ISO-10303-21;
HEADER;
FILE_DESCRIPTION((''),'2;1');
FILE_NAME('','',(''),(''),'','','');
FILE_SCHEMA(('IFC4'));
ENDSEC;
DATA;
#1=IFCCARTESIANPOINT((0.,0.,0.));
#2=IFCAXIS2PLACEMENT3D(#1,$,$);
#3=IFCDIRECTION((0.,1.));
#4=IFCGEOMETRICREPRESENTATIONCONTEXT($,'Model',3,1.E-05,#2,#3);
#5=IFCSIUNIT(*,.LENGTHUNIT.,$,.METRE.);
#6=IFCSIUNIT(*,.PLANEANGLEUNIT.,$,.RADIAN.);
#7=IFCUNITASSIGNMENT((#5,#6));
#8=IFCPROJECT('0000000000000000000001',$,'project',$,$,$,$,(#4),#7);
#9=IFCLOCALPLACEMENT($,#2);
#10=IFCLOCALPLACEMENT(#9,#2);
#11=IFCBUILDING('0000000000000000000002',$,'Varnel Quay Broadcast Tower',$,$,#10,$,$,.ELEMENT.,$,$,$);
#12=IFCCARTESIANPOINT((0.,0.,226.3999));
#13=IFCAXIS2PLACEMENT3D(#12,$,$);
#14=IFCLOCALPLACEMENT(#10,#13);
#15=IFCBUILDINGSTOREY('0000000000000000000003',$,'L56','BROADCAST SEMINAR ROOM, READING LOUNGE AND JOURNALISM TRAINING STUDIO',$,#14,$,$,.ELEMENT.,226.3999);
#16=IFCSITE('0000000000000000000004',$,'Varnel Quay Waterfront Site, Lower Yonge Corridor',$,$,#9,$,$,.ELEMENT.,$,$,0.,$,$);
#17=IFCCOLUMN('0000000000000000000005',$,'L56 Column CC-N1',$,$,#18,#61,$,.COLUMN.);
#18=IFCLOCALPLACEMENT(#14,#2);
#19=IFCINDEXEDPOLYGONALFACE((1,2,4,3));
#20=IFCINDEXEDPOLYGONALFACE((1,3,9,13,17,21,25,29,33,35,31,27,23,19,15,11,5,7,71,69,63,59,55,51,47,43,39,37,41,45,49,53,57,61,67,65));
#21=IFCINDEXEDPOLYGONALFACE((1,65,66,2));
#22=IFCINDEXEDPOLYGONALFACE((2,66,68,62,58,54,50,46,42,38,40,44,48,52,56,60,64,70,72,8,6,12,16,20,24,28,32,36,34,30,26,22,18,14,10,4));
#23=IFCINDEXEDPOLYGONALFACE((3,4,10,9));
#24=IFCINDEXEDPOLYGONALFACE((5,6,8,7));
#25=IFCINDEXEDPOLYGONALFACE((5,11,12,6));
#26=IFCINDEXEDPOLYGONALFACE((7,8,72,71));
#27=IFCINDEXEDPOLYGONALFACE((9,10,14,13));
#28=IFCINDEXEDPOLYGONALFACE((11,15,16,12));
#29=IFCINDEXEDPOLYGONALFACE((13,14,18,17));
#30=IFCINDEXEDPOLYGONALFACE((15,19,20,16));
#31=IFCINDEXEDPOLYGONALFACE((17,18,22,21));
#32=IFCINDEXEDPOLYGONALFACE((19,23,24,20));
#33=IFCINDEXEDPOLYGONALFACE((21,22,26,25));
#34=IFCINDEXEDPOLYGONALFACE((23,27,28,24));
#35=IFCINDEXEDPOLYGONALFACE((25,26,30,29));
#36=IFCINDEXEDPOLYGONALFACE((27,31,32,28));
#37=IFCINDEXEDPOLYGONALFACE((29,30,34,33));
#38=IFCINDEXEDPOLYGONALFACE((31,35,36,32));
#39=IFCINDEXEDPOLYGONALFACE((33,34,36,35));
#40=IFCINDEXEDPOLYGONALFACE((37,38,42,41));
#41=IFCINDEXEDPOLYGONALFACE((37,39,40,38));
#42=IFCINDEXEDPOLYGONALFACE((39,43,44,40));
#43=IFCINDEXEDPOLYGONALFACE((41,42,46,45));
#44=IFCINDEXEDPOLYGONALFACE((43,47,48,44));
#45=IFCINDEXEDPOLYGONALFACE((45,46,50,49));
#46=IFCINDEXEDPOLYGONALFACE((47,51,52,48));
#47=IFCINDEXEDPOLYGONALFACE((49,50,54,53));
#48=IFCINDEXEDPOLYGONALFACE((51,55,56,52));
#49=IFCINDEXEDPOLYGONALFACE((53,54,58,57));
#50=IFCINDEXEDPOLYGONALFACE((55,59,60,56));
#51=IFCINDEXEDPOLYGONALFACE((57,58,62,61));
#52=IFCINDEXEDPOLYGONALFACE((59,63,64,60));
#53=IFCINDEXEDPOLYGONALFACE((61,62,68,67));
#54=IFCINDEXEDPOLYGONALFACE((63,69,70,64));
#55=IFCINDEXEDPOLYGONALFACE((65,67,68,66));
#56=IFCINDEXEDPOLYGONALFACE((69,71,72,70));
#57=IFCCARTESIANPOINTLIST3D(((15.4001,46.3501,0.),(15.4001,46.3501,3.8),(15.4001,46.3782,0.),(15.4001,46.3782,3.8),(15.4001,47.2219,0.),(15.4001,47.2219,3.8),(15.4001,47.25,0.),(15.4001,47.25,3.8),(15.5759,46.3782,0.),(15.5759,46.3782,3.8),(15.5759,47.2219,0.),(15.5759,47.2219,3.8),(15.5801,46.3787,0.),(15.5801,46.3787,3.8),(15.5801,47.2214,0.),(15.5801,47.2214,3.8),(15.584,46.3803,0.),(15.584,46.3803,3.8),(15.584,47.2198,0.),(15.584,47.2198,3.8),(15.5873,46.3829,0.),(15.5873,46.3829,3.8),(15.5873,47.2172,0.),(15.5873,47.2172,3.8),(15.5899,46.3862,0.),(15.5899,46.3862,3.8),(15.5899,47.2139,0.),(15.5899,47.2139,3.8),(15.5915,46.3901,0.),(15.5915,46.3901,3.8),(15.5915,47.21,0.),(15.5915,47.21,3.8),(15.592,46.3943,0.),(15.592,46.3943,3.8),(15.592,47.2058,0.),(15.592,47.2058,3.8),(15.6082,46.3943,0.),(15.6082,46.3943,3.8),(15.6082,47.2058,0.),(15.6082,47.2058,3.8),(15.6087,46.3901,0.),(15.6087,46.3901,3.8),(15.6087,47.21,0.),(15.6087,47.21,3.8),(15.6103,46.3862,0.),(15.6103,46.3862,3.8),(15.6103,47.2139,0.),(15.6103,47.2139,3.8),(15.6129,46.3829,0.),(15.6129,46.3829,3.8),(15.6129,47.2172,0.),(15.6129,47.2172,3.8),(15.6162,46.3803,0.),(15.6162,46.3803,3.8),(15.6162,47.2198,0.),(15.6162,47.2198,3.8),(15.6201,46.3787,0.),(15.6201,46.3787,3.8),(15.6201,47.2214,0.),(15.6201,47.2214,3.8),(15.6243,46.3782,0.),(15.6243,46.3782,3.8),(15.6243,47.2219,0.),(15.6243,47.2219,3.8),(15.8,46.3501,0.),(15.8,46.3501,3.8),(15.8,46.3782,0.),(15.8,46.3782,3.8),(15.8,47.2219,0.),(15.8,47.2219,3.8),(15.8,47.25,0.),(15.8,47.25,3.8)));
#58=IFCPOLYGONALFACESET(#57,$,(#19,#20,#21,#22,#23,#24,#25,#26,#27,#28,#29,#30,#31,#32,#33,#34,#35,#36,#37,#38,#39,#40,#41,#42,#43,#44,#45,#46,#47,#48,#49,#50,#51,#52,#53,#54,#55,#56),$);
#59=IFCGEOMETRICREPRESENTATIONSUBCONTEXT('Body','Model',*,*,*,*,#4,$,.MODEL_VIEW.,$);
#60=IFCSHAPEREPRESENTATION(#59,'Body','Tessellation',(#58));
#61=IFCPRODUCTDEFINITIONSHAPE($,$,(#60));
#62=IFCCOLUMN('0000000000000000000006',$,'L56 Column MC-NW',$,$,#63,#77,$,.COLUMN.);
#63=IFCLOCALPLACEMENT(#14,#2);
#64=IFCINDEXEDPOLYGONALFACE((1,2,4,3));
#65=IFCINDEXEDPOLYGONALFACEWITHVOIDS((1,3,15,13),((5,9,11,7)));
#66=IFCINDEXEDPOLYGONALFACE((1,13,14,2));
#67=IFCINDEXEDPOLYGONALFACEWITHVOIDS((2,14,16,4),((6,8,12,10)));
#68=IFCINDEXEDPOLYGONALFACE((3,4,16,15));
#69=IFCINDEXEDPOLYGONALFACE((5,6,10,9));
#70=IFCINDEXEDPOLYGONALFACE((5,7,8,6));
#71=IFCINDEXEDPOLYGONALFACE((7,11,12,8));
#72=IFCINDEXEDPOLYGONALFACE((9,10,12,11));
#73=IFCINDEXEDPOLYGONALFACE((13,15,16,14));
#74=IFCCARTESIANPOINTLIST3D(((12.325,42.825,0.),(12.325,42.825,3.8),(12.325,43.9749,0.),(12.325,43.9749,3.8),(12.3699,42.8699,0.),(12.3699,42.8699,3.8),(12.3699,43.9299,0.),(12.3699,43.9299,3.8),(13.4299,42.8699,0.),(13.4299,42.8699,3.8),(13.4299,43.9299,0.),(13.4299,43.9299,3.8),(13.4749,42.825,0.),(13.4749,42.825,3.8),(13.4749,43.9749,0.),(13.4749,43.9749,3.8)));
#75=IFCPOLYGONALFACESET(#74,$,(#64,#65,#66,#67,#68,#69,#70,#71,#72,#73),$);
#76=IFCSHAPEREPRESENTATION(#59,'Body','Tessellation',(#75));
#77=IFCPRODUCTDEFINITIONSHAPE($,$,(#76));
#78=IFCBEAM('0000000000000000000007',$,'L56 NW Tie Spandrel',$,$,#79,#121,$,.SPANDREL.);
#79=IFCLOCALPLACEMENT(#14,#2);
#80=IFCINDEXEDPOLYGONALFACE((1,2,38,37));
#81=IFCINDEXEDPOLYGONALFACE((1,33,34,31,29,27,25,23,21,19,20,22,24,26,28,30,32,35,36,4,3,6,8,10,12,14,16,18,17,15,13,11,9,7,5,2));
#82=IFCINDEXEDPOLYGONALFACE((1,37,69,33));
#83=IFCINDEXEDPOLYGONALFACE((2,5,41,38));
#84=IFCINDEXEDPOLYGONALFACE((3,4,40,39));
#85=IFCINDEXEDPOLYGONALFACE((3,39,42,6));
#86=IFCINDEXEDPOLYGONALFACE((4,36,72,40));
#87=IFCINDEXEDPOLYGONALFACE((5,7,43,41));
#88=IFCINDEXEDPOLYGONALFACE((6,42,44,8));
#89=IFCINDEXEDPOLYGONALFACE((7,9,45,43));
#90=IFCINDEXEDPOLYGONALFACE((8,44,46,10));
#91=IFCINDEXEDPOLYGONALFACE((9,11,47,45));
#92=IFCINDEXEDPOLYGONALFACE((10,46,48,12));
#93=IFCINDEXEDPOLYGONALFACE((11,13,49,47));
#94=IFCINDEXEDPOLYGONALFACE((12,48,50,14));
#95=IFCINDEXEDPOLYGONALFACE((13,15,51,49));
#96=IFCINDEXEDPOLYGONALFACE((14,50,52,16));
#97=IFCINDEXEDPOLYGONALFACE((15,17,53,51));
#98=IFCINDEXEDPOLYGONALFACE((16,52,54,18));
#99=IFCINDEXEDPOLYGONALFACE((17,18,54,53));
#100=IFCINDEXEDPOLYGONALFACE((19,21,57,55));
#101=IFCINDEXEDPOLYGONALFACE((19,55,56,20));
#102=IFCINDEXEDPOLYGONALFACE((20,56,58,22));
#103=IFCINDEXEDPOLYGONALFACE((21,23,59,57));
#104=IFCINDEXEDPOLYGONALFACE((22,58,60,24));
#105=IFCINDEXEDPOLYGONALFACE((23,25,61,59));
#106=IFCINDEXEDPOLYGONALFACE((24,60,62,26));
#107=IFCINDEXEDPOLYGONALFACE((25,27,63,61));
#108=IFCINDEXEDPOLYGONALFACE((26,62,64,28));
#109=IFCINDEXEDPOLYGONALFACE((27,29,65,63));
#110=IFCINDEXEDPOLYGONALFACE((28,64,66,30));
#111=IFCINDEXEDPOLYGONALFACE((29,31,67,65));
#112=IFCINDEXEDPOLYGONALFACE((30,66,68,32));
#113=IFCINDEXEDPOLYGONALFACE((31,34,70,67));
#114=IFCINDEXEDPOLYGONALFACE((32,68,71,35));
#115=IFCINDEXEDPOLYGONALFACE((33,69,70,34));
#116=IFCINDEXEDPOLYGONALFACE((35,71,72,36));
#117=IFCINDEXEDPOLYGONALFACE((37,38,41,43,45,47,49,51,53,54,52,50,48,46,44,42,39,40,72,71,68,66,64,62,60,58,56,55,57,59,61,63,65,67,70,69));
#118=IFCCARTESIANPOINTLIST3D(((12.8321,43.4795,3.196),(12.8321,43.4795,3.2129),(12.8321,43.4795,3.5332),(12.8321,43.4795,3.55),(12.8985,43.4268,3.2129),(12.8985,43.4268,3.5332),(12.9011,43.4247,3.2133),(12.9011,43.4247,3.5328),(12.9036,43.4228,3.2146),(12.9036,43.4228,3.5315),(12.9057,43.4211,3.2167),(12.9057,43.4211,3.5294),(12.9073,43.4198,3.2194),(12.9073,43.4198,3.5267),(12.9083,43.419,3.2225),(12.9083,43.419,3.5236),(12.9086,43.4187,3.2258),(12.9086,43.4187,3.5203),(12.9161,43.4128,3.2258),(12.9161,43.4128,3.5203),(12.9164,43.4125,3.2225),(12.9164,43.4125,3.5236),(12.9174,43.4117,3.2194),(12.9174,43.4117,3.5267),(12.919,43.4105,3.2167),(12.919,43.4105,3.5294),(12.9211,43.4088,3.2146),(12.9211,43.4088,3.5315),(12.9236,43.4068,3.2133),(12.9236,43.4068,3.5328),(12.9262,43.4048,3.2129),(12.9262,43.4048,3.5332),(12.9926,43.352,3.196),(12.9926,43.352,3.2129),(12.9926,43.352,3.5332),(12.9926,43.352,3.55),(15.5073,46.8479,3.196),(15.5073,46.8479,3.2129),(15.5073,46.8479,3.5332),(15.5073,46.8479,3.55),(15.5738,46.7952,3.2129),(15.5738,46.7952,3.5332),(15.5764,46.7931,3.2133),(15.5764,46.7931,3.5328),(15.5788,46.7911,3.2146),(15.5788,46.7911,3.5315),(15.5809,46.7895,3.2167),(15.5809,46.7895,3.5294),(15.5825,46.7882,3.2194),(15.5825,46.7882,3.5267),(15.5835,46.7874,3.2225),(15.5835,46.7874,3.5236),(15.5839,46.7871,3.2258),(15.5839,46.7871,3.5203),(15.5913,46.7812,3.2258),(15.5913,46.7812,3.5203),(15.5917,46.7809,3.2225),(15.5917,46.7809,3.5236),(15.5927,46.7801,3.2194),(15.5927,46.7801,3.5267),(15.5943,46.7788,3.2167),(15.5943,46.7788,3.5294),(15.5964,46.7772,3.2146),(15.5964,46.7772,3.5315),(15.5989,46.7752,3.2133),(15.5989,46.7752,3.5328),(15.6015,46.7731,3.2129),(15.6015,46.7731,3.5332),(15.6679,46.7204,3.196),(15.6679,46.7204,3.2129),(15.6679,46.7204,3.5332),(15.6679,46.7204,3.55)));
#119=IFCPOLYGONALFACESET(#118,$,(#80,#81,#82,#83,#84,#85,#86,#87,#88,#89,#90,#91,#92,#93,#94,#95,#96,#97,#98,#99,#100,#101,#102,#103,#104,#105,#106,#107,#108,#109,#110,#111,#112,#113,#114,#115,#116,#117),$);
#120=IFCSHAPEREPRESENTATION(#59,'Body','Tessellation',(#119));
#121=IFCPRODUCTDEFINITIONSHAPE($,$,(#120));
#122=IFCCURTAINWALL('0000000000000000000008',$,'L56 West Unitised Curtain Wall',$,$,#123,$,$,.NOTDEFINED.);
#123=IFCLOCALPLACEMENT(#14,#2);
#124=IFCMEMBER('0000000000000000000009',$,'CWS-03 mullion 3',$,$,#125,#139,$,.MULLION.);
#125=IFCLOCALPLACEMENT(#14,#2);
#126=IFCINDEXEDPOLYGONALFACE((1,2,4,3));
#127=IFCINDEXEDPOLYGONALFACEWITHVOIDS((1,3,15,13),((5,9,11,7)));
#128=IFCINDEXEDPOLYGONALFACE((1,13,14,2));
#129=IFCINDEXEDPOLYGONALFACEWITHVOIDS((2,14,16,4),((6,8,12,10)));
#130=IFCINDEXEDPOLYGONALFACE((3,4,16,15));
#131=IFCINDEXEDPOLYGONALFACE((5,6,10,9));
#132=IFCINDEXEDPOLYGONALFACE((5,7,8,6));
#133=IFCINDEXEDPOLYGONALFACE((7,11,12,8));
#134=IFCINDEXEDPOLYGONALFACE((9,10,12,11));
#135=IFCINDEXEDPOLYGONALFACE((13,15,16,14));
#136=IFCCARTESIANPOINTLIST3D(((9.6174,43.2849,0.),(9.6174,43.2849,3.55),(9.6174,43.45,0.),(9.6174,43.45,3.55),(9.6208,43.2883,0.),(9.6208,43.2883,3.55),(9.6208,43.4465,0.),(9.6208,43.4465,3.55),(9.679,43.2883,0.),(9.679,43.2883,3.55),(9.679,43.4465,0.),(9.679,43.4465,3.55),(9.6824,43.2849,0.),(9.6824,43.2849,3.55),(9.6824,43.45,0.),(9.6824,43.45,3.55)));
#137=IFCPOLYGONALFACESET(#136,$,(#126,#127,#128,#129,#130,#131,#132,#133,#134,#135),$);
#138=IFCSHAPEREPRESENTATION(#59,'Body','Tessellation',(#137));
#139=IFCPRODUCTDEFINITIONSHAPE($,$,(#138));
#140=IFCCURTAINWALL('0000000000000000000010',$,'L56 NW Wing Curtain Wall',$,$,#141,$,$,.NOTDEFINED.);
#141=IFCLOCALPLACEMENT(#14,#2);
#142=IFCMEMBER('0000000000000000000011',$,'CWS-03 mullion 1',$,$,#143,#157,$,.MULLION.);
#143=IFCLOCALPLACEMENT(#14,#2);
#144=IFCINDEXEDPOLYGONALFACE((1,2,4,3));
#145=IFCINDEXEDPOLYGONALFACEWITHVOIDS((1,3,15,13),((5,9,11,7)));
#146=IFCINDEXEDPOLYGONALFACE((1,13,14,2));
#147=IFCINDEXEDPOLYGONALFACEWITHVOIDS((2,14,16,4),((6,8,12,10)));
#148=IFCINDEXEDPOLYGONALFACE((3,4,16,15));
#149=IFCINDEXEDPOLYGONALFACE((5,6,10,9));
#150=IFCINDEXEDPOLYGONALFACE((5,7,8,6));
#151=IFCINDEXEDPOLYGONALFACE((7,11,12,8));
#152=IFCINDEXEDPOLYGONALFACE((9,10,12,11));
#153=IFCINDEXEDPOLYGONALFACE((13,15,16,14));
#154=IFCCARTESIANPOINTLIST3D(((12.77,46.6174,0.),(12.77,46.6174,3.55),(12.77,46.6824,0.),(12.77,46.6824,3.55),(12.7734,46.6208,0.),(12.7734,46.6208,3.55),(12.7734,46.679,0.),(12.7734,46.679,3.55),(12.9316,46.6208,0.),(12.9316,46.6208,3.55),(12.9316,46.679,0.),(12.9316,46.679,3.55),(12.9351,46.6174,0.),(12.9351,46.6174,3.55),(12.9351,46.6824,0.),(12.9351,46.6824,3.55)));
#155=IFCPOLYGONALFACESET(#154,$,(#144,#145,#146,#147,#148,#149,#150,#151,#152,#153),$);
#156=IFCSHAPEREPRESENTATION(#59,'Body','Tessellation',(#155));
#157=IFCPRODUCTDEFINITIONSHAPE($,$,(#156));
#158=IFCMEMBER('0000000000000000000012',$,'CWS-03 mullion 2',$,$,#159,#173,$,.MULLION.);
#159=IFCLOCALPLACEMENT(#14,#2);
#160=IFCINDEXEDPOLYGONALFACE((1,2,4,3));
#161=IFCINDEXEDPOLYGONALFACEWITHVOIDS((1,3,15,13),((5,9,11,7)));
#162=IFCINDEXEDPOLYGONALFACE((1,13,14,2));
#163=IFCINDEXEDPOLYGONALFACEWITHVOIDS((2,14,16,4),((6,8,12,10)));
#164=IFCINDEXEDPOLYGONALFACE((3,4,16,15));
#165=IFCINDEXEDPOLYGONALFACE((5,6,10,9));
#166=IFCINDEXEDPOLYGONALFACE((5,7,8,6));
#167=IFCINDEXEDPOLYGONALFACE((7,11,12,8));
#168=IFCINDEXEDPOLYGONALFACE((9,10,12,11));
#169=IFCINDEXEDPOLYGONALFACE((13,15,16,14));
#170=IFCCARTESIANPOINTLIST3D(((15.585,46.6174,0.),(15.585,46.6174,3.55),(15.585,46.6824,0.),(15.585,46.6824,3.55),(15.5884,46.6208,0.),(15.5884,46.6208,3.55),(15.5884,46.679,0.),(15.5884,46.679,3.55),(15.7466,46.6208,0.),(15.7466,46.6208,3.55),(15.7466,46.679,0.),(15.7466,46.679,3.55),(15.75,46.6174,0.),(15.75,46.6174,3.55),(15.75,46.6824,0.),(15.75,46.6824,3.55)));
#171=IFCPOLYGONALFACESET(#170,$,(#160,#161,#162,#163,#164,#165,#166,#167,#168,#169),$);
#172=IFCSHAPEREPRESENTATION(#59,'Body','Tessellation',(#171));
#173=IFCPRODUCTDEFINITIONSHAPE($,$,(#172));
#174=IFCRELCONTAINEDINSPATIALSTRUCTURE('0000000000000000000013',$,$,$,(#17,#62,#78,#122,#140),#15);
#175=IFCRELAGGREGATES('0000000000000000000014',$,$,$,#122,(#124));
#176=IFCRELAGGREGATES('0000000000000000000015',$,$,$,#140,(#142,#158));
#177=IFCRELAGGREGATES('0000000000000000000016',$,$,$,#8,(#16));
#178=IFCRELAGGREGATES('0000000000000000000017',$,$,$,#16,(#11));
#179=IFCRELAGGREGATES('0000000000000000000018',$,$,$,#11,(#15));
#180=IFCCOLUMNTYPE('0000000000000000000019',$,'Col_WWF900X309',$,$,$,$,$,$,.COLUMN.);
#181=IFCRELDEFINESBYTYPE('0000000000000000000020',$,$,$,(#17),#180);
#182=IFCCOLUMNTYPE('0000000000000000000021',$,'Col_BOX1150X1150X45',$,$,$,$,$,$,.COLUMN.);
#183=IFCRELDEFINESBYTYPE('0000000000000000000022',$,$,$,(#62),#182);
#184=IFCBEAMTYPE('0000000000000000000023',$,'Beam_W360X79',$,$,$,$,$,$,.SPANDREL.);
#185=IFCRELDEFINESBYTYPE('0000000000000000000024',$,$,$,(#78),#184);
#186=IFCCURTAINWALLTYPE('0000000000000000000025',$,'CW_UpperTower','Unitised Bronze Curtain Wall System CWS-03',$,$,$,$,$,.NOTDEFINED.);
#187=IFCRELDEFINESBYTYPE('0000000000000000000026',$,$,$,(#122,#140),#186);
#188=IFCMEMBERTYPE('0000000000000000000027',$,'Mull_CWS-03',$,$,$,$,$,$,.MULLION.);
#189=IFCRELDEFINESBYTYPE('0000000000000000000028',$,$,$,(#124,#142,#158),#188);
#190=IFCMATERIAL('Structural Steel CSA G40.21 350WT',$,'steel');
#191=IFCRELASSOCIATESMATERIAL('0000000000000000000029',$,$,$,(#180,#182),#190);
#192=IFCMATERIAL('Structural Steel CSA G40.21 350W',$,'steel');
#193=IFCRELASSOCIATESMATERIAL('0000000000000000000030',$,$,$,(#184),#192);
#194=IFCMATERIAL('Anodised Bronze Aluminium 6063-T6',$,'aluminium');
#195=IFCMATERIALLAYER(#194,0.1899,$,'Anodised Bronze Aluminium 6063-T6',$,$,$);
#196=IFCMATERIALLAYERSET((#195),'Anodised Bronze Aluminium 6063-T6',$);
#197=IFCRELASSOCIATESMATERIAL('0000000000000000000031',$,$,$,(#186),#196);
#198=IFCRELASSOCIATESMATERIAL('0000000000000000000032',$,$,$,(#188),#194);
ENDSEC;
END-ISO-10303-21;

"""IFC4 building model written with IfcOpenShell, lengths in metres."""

from ifc_helpers import new_model, si_unit, direction, frame, origin, origin_2d, place, context, subcontext, project, spatial, hollow_rectangle, i_section, extrude, source, transform, mapped, material, layer, layer_set, material_profile, profile_set, type_object, type_shapes, element, aggregate, save


model = new_model("IFC4")

# Units and contexts
model_context = context("Model", 3, precision=1e-05, world=origin(), true_north=direction((0.0, 1.0)))
body_context = subcontext(model_context, "Body", "Model", "MODEL_VIEW")
ifc_project = project(units=[si_unit("LENGTHUNIT", "METRE"), si_unit("PLANEANGLEUNIT", "RADIAN")], contexts=[model_context])

# Site, building, storey
site_placement = place(None, origin())
site = spatial("IfcSite", under=ifc_project, at=site_placement, Name="Varnel Quay Waterfront Site, Lower Yonge Corridor", CompositionType="ELEMENT", RefElevation=0.0)
building_placement = place(site_placement, origin())
building = spatial("IfcBuilding", under=site, at=building_placement, Name="Varnel Quay Broadcast Tower", CompositionType="ELEMENT")
storey_placement = place(building_placement, frame((0.0, 0.0, 226.3999)))
storey = spatial("IfcBuildingStorey", under=building, at=storey_placement, Name="L56", Description="BROADCAST SEMINAR ROOM, READING LOUNGE AND JOURNALISM TRAINING STUDIO", CompositionType="ELEMENT", Elevation=226.3999)

# Columns
ifc_material_1 = material(Name="Structural Steel CSA G40.21 350WT", Category="steel")
ifc_material_profile_1 = material_profile(ifc_material_1, i_section(OverallWidth=0.3999, OverallDepth=0.8999, WebThickness=0.0161, FlangeThickness=0.0281, FilletRadius=0.0161, at=origin_2d()), Name="WWF900X309")
ifc_profile_set_1 = profile_set([ifc_material_profile_1], Name="Structural Steel CSA G40.21 350WT")
column_type_1 = type_object("IfcColumnType", Name="Col_WWF900X309", PredefinedType="COLUMN", material=ifc_profile_set_1)
shared_shape_1 = source(origin(), body_context, "Body", "SweptSolid", [
    extrude(i_section(OverallWidth=0.3999, OverallDepth=0.8999, WebThickness=0.0161, FlangeThickness=0.0281, FilletRadius=0.0161, at=origin_2d()), origin(), (0.0, 0.0, 1.0), 3.8),
])
type_shapes(column_type_1, [shared_shape_1])
column_1_placement = place(storey_placement, frame((15.6001, 46.8, 0.0), z_axis=(0.0, 0.0, 1.0), x_axis=(1.0, 0.0, 0.0)))
element("IfcColumn", 1, at=column_1_placement, inside=storey, type_object=column_type_1, Name="L56 Column CC-N1", PredefinedType="COLUMN", context=body_context, shape_type="MappedRepresentation", body=[
    mapped(shared_shape_1, transform((0.0, 0.0, 0.0), x_axis=(1.0, 0.0, 0.0), y_axis=(0.0, 1.0, 0.0), z_axis=(0.0, 0.0, 1.0), scale=1.0)),
])
ifc_material_profile_2 = material_profile(ifc_material_1, hollow_rectangle(XDim=1.1499, YDim=1.1499, WallThickness=0.0449, at=origin_2d()), Name="BOX1150X1150X45")
ifc_profile_set_2 = profile_set([ifc_material_profile_2], Name="Structural Steel CSA G40.21 350WT")
column_type_2 = type_object("IfcColumnType", Name="Col_BOX1150X1150X45", PredefinedType="COLUMN", material=ifc_profile_set_2)
shared_shape_2 = source(origin(), body_context, "Body", "SweptSolid", [
    extrude(hollow_rectangle(XDim=1.1499, YDim=1.1499, WallThickness=0.0449, at=origin_2d()), origin(), (0.0, 0.0, 1.0), 3.8),
])
type_shapes(column_type_2, [shared_shape_2])
column_2_placement = place(storey_placement, frame((12.8999, 43.3999, 0.0), z_axis=(0.0, 0.0, 1.0), x_axis=(1.0, 0.0, 0.0)))
element("IfcColumn", 2, at=column_2_placement, inside=storey, type_object=column_type_2, Name="L56 Column MC-NW", PredefinedType="COLUMN", context=body_context, shape_type="MappedRepresentation", body=[
    mapped(shared_shape_2, transform((0.0, 0.0, 0.0), x_axis=(1.0, 0.0, 0.0), y_axis=(0.0, 1.0, 0.0), z_axis=(0.0, 0.0, 1.0), scale=1.0)),
])

# Beam
ifc_material_2 = material(Name="Structural Steel CSA G40.21 350W", Category="steel")
ifc_material_profile_3 = material_profile(ifc_material_2, i_section(OverallWidth=0.2051, OverallDepth=0.354, WebThickness=0.0095, FlangeThickness=0.0168, FilletRadius=0.0129, at=origin_2d()), Name="W360X79")
ifc_profile_set_3 = profile_set([ifc_material_profile_3], Name="Structural Steel CSA G40.21 350W")
beam_type = type_object("IfcBeamType", Name="Beam_W360X79", PredefinedType="SPANDREL", material=ifc_profile_set_3)
shared_shape_3 = source(origin(), body_context, "Body", "SweptSolid", [
    extrude(i_section(OverallWidth=0.2051, OverallDepth=0.354, WebThickness=0.0095, FlangeThickness=0.0168, FilletRadius=0.0129, at=origin_2d()), origin(), (0.0, 0.0, 1.0), 4.3015),
])
type_shapes(beam_type, [shared_shape_3])
beam_placement = place(storey_placement, frame((12.9124, 43.4158, 3.373), z_axis=(0.621936, 0.783068, 0.0), x_axis=(-0.783068, 0.621936, 0.0)))
element("IfcBeam", 3, at=beam_placement, inside=storey, type_object=beam_type, Name="L56 NW Tie Spandrel", PredefinedType="SPANDREL", context=body_context, shape_type="MappedRepresentation", body=[
    mapped(shared_shape_3, transform((0.0, 0.0, 0.0), x_axis=(1.0, 0.0, 0.0), y_axis=(0.0, 1.0, 0.0), z_axis=(0.0, 0.0, 1.0), scale=1.0)),
])

# Curtain wall, member
ifc_material_3 = material(Name="Anodised Bronze Aluminium 6063-T6", Category="aluminium")
ifc_layer_1 = layer(ifc_material_3, 0.1899, Name="Anodised Bronze Aluminium 6063-T6")
ifc_layer_set_1 = layer_set([ifc_layer_1], Name="Anodised Bronze Aluminium 6063-T6")
curtain_wall_type = type_object("IfcCurtainWallType", Name="CW_UpperTower", Description="Unitised Bronze Curtain Wall System CWS-03", PredefinedType="NOTDEFINED", material=ifc_layer_set_1)
curtain_wall_1_placement = place(storey_placement, origin())
curtain_wall_1 = element("IfcCurtainWall", 4, at=curtain_wall_1_placement, inside=storey, type_object=curtain_wall_type, Name="L56 West Unitised Curtain Wall", PredefinedType="NOTDEFINED")
ifc_material_profile_4 = material_profile(ifc_material_3, hollow_rectangle(XDim=0.0649, YDim=0.165, WallThickness=0.0034, at=origin_2d()), Name="ALU65X165X3.5")
ifc_profile_set_4 = profile_set([ifc_material_profile_4], Name="Anodised Bronze Aluminium 6063-T6")
member_type_1 = type_object("IfcMemberType", Name="Mull_CWS-03", PredefinedType="MULLION", material=ifc_profile_set_4)
shared_shape_4 = source(origin(), body_context, "Body", "SweptSolid", [
    extrude(hollow_rectangle(XDim=0.0649, YDim=0.165, WallThickness=0.0034, at=origin_2d()), origin(), (0.0, 0.0, 1.0), 3.55),
])
type_shapes(member_type_1, [shared_shape_4])
member_1_placement = place(storey_placement, frame((9.6499, 43.3674, 0.0), z_axis=(0.0, 0.0, 1.0), x_axis=(-1.0, 0.0, 0.0)))
member_1 = element("IfcMember", 5, at=member_1_placement, type_object=member_type_1, Name="CWS-03 mullion 3", PredefinedType="MULLION", context=body_context, shape_type="MappedRepresentation", body=[
    mapped(shared_shape_4, transform((0.0, 0.0, 0.0), x_axis=(1.0, 0.0, 0.0), y_axis=(0.0, 1.0, 0.0), z_axis=(0.0, 0.0, 1.0), scale=1.0)),
])
aggregate(curtain_wall_1, [member_1])

# Curtain wall, members
curtain_wall_2_placement = place(storey_placement, origin())
curtain_wall_2 = element("IfcCurtainWall", 6, at=curtain_wall_2_placement, inside=storey, type_object=curtain_wall_type, Name="L56 NW Wing Curtain Wall", PredefinedType="NOTDEFINED")
member_2_placement = place(storey_placement, frame((12.8525, 46.6499, 0.0), z_axis=(0.0, 0.0, 1.0), x_axis=(0.0, 1.0, 0.0)))
member_2 = element("IfcMember", 7, at=member_2_placement, type_object=member_type_1, Name="CWS-03 mullion 1", PredefinedType="MULLION", context=body_context, shape_type="MappedRepresentation", body=[
    mapped(shared_shape_4, transform((0.0, 0.0, 0.0), x_axis=(1.0, 0.0, 0.0), y_axis=(0.0, 1.0, 0.0), z_axis=(0.0, 0.0, 1.0), scale=1.0)),
])
member_3_placement = place(storey_placement, frame((15.6675, 46.6499, 0.0), z_axis=(0.0, 0.0, 1.0), x_axis=(0.0, 1.0, 0.0)))
member_3 = element("IfcMember", 8, at=member_3_placement, type_object=member_type_1, Name="CWS-03 mullion 2", PredefinedType="MULLION", context=body_context, shape_type="MappedRepresentation", body=[
    mapped(shared_shape_4, transform((0.0, 0.0, 0.0), x_axis=(1.0, 0.0, 0.0), y_axis=(0.0, 1.0, 0.0), z_axis=(0.0, 0.0, 1.0), scale=1.0)),
])
aggregate(curtain_wall_2, [member_2, member_3])

save(model, "model.ifc")
